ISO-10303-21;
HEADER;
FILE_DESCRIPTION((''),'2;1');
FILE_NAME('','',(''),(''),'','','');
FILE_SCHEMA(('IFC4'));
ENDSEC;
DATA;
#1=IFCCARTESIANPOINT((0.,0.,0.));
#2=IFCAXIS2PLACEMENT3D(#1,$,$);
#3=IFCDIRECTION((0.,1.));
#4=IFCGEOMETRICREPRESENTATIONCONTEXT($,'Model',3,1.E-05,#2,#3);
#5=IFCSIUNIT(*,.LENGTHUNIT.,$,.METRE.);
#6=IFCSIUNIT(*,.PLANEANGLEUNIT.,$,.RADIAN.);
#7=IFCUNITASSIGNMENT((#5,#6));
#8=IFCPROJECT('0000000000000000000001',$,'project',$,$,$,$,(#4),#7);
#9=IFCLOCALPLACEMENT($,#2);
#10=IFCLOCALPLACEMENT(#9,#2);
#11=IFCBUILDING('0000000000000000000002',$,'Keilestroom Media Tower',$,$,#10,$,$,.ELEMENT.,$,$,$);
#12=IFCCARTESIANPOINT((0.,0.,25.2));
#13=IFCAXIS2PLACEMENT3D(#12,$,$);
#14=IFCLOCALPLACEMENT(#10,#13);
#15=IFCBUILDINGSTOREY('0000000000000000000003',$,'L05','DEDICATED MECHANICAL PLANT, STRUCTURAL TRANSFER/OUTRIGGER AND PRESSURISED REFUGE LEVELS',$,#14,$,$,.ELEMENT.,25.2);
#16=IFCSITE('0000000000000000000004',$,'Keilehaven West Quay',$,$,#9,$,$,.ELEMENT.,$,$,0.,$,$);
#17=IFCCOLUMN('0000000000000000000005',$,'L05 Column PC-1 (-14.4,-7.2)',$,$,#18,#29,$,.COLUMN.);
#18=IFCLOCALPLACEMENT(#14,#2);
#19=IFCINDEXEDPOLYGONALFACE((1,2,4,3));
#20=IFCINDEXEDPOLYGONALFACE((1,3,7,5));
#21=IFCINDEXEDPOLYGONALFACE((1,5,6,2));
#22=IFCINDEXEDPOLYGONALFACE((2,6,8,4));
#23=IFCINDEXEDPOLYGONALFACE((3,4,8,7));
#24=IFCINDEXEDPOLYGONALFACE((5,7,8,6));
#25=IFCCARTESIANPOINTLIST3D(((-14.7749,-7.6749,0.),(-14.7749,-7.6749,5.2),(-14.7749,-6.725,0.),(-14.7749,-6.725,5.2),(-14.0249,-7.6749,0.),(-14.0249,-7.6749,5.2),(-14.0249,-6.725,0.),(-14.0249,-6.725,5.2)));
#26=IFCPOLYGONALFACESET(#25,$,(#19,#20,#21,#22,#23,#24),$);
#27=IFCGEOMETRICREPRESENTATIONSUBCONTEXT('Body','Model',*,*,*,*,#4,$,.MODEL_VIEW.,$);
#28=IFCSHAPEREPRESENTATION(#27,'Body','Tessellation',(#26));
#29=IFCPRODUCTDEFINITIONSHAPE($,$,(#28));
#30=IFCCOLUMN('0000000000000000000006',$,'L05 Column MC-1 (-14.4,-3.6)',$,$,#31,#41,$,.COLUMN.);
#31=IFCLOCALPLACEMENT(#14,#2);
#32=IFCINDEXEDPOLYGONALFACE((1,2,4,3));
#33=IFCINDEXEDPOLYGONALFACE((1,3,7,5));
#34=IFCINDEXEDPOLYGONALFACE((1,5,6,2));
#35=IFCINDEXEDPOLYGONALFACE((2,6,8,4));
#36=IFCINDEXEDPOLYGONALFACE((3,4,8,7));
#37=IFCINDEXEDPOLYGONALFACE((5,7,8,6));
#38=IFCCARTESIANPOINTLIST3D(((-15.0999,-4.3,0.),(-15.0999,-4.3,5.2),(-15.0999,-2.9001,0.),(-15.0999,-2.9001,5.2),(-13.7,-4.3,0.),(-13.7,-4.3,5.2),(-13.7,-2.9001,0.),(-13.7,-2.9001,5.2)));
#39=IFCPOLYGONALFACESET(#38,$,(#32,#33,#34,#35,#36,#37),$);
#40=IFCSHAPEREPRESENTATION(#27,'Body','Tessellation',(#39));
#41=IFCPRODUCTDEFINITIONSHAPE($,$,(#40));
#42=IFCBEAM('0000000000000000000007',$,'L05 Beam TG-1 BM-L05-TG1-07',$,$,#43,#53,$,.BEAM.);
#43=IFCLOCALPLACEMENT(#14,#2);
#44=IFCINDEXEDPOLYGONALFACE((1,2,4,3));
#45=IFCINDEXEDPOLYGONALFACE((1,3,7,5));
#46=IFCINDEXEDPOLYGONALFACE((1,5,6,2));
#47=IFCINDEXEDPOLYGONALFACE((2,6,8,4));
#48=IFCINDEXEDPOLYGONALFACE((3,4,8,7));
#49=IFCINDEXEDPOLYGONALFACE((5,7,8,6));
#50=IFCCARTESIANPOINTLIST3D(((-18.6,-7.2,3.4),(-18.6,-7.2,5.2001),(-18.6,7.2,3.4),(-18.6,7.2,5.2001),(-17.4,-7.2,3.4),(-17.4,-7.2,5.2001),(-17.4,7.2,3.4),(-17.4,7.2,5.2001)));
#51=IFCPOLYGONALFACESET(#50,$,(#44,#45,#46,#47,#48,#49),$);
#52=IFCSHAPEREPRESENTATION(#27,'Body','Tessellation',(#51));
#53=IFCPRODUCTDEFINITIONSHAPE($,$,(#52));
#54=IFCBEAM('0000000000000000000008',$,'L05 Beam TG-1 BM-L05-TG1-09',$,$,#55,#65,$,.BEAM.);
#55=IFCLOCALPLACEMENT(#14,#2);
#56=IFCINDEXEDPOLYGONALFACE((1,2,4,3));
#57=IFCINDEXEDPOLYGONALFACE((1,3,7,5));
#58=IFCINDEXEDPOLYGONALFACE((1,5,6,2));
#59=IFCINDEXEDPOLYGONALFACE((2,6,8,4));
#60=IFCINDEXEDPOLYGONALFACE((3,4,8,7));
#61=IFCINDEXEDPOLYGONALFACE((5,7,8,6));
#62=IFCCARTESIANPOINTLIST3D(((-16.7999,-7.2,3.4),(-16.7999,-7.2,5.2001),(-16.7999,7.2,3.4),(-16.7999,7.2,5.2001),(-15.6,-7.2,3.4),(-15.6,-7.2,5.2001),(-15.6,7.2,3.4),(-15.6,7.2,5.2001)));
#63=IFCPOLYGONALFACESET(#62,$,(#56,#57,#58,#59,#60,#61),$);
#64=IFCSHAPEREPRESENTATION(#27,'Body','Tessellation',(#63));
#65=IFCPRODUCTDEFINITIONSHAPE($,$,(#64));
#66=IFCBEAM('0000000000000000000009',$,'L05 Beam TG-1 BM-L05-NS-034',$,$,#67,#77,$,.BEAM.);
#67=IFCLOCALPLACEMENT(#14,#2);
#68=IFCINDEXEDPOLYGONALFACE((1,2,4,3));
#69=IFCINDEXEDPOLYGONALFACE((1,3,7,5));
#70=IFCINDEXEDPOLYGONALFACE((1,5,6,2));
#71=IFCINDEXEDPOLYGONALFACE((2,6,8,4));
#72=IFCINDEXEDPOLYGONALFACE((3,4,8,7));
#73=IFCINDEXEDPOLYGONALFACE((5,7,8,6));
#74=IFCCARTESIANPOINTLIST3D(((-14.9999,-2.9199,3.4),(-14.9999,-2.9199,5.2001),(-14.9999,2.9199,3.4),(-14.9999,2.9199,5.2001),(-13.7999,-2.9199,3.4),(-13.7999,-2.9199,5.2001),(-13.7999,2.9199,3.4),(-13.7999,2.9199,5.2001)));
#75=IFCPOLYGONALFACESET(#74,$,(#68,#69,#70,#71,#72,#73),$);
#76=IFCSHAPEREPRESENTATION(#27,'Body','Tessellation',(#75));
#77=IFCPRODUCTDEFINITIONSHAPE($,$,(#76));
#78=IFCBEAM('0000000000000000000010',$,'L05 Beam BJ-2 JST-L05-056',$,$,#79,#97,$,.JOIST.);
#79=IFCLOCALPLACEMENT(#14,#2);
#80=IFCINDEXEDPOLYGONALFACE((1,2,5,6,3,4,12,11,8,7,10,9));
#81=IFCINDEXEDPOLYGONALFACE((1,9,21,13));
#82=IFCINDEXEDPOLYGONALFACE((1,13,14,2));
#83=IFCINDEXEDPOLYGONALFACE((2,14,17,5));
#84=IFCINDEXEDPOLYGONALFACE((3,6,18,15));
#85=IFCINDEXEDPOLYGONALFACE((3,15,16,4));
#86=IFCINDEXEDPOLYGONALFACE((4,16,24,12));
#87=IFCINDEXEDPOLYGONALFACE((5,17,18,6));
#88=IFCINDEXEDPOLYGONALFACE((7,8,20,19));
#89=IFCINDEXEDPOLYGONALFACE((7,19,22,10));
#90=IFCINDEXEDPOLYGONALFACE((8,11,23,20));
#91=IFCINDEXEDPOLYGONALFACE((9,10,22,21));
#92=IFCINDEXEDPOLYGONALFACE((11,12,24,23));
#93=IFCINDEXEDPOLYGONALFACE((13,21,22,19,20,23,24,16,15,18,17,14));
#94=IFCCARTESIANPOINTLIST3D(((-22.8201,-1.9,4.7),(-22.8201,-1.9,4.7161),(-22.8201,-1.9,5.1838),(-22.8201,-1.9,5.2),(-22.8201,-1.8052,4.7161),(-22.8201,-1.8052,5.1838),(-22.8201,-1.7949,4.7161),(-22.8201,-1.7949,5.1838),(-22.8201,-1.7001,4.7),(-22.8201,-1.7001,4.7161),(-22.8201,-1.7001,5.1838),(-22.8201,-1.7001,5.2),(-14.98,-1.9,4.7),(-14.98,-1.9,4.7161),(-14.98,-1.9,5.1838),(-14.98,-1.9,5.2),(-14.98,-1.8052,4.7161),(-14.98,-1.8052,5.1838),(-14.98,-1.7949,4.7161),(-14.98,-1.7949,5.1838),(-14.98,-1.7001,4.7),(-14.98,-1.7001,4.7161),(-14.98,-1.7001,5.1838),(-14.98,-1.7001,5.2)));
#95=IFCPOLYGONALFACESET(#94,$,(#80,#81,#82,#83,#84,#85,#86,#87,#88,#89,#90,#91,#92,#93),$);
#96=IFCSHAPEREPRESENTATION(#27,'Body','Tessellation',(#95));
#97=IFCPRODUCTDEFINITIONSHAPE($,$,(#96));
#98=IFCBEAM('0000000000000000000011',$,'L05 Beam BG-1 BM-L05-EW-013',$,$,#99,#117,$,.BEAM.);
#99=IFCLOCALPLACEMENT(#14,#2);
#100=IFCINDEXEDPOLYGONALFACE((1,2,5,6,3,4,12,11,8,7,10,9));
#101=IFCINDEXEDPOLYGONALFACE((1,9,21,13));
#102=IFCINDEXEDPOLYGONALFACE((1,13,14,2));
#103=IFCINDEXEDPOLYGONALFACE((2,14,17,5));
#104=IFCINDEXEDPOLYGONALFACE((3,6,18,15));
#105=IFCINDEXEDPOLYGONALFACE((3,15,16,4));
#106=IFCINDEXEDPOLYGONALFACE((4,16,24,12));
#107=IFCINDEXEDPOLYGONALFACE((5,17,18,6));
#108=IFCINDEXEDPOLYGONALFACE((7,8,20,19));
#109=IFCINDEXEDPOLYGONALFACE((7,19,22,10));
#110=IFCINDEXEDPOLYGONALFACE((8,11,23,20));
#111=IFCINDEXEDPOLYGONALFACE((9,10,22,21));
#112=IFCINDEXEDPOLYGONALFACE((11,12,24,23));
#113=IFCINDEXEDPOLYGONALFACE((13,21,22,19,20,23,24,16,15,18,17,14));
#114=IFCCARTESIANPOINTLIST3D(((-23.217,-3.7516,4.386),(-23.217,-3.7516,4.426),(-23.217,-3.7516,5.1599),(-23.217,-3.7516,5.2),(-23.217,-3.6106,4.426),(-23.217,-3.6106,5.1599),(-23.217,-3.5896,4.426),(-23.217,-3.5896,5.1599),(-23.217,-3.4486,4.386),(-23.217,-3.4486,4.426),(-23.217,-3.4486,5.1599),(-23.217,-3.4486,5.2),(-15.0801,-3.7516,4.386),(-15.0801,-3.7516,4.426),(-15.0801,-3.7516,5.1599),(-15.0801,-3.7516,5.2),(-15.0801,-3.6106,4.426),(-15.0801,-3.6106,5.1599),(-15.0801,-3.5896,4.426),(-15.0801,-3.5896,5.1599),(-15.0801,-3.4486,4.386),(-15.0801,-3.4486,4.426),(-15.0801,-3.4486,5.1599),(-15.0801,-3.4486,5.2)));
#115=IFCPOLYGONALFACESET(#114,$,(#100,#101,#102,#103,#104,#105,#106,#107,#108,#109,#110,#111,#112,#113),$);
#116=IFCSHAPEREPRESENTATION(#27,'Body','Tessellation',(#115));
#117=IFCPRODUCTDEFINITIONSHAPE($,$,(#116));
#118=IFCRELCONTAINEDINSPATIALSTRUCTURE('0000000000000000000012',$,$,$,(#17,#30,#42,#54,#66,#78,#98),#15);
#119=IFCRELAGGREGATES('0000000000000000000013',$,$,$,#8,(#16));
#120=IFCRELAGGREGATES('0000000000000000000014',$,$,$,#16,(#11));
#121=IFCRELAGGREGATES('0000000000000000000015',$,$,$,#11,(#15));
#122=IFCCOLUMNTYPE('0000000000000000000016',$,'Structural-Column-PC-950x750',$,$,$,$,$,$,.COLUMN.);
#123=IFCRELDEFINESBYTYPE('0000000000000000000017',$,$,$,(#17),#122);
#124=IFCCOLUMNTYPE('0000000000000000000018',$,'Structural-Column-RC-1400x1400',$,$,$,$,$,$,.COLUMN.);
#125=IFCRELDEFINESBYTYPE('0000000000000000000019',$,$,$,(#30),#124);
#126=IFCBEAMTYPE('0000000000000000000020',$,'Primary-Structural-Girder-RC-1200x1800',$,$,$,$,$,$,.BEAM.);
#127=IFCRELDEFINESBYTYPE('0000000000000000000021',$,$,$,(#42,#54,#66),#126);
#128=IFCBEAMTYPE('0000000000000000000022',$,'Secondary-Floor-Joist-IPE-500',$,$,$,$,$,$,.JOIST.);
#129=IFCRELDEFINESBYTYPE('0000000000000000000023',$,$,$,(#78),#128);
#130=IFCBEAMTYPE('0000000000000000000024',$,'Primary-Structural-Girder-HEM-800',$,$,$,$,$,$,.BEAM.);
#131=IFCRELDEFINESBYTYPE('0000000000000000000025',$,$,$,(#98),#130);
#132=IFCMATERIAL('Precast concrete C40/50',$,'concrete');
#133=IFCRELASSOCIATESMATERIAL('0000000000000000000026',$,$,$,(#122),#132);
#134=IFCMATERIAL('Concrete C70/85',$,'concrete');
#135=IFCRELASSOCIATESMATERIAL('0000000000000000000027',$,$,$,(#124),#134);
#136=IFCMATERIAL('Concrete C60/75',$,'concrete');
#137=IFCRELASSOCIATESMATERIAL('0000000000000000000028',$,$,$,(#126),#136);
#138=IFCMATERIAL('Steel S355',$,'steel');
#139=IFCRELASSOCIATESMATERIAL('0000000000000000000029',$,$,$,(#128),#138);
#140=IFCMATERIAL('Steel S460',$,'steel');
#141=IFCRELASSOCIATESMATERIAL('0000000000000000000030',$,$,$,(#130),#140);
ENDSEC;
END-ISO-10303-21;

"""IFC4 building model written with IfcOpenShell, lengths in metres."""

from ifc_helpers import new_model, si_unit, direction, frame, origin, origin_2d, place, context, subcontext, project, spatial, rectangle, i_section, extrude, source, transform, mapped, material, material_profile, profile_set, type_object, element, save


model = new_model("IFC4")

# Units and contexts
model_context = context("Model", 3, precision=1e-05, world=origin(), true_north=direction((0.0, 1.0)))
body_context = subcontext(model_context, "Body", "Model", "MODEL_VIEW")
ifc_project = project(units=[si_unit("LENGTHUNIT", "METRE"), si_unit("PLANEANGLEUNIT", "RADIAN")], contexts=[model_context])

# Site, building, storey
site_placement = place(None, origin())
site = spatial("IfcSite", under=ifc_project, at=site_placement, Name="Keilehaven West Quay", CompositionType="ELEMENT", RefElevation=0.0)
building_placement = place(site_placement, origin())
building = spatial("IfcBuilding", under=site, at=building_placement, Name="Keilestroom Media Tower", CompositionType="ELEMENT")
storey_placement = place(building_placement, frame((0.0, 0.0, 25.2)))
storey = spatial("IfcBuildingStorey", under=building, at=storey_placement, Name="L05", Description="DEDICATED MECHANICAL PLANT, STRUCTURAL TRANSFER/OUTRIGGER AND PRESSURISED REFUGE LEVELS", CompositionType="ELEMENT", Elevation=25.2)

# Columns
ifc_material_1 = material(Name="Precast concrete C40/50", Category="concrete")
ifc_material_profile_1 = material_profile(ifc_material_1, rectangle(XDim=0.75, YDim=0.95, at=origin_2d()), Name="PC 950x750")
ifc_profile_set_1 = profile_set([ifc_material_profile_1], Name="Precast concrete C40/50")
column_type_1 = type_object("IfcColumnType", Name="Structural-Column-PC-950x750", PredefinedType="COLUMN", material=ifc_profile_set_1)
shared_shape_1 = source(origin(), body_context, "Body", "SweptSolid", [
    extrude(rectangle(XDim=0.75, YDim=0.95, at=origin_2d()), origin(), (0.0, 0.0, 1.0), 5.2),
])
column_1_placement = place(storey_placement, frame((-14.3999, -7.2, 0.0), z_axis=(0.0, 0.0, 1.0), x_axis=(1.0, 0.0, 0.0)))
element("IfcColumn", 1, at=column_1_placement, inside=storey, type_object=column_type_1, Name="L05 Column PC-1 (-14.4,-7.2)", PredefinedType="COLUMN", context=body_context, shape_type="MappedRepresentation", body=[
    mapped(shared_shape_1, transform((0.0, 0.0, 0.0), x_axis=(1.0, 0.0, 0.0), y_axis=(0.0, 1.0, 0.0), z_axis=(0.0, 0.0, 1.0), scale=1.0)),
])
ifc_material_2 = material(Name="Concrete C70/85", Category="concrete")
ifc_material_profile_2 = material_profile(ifc_material_2, rectangle(XDim=1.3999, YDim=1.3999, at=origin_2d()), Name="RC 1400x1400")
ifc_profile_set_2 = profile_set([ifc_material_profile_2], Name="Concrete C70/85")
column_type_2 = type_object("IfcColumnType", Name="Structural-Column-RC-1400x1400", PredefinedType="COLUMN", material=ifc_profile_set_2)
shared_shape_2 = source(origin(), body_context, "Body", "SweptSolid", [
    extrude(rectangle(XDim=1.3999, YDim=1.3999, at=origin_2d()), origin(), (0.0, 0.0, 1.0), 5.2),
])
column_2_placement = place(storey_placement, frame((-14.3999, -3.6001, 0.0), z_axis=(0.0, 0.0, 1.0), x_axis=(1.0, 0.0, 0.0)))
element("IfcColumn", 2, at=column_2_placement, inside=storey, type_object=column_type_2, Name="L05 Column MC-1 (-14.4,-3.6)", PredefinedType="COLUMN", context=body_context, shape_type="MappedRepresentation", body=[
    mapped(shared_shape_2, transform((0.0, 0.0, 0.0), x_axis=(1.0, 0.0, 0.0), y_axis=(0.0, 1.0, 0.0), z_axis=(0.0, 0.0, 1.0), scale=1.0)),
])

# Beams
ifc_material_3 = material(Name="Concrete C60/75", Category="concrete")
ifc_material_profile_3 = material_profile(ifc_material_3, rectangle(XDim=1.2, YDim=1.8, at=origin_2d()), Name="RC 1200x1800")
ifc_profile_set_3 = profile_set([ifc_material_profile_3], Name="Concrete C60/75")
beam_type_1 = type_object("IfcBeamType", Name="Primary-Structural-Girder-RC-1200x1800", PredefinedType="BEAM", material=ifc_profile_set_3)
shared_shape_3 = source(origin(), body_context, "Body", "SweptSolid", [
    extrude(rectangle(XDim=1.2, YDim=1.8, at=origin_2d()), origin(), (0.0, 0.0, 1.0), 14.3999),
])
for number, where, z_axis, x_axis, name in (
    (3, (-18.0, -7.2, 4.3), (0.0, 1.0, 0.0), (-1.0, 0.0, 0.0), "L05 Beam TG-1 BM-L05-TG1-07"),
    (4, (-16.2, -7.2, 4.3), (0.0, 1.0, 0.0), (-1.0, 0.0, 0.0), "L05 Beam TG-1 BM-L05-TG1-09"),
):
    element("IfcBeam", number, at=place(storey_placement, frame(where, z_axis=z_axis, x_axis=x_axis)), inside=storey, type_object=beam_type_1, Name=name, PredefinedType="BEAM", context=body_context, shape_type="MappedRepresentation", body=[
        mapped(shared_shape_3, transform((0.0, 0.0, 0.0), x_axis=(1.0, 0.0, 0.0), y_axis=(0.0, 1.0, 0.0), z_axis=(0.0, 0.0, 1.0), scale=1.0)),
    ])
shared_shape_4 = source(origin(), body_context, "Body", "SweptSolid", [
    extrude(rectangle(XDim=1.2, YDim=1.8, at=origin_2d()), origin(), (0.0, 0.0, 1.0), 5.8398),
])
beam_1_placement = place(storey_placement, frame((-14.3999, -2.9199, 4.3), z_axis=(0.0, 1.0, 0.0), x_axis=(-1.0, 0.0, 0.0)))
element("IfcBeam", 5, at=beam_1_placement, inside=storey, type_object=beam_type_1, Name="L05 Beam TG-1 BM-L05-NS-034", PredefinedType="BEAM", context=body_context, shape_type="MappedRepresentation", body=[
    mapped(shared_shape_4, transform((0.0, 0.0, 0.0), x_axis=(1.0, 0.0, 0.0), y_axis=(0.0, 1.0, 0.0), z_axis=(0.0, 0.0, 1.0), scale=1.0)),
])
ifc_material_4 = material(Name="Steel S355", Category="steel")
ifc_material_profile_4 = material_profile(ifc_material_4, i_section(OverallWidth=0.2, OverallDepth=0.5, WebThickness=0.0103, FlangeThickness=0.0161, at=origin_2d()), Name="IPE 500")
ifc_profile_set_4 = profile_set([ifc_material_profile_4], Name="Steel S355")
beam_type_2 = type_object("IfcBeamType", Name="Secondary-Floor-Joist-IPE-500", PredefinedType="JOIST", material=ifc_profile_set_4)
shared_shape_5 = source(origin(), body_context, "Body", "SweptSolid", [
    extrude(i_section(OverallWidth=0.2, OverallDepth=0.5, WebThickness=0.0103, FlangeThickness=0.0161, at=origin_2d()), origin(), (0.0, 0.0, 1.0), 7.8401),
])
beam_2_placement = place(storey_placement, frame((-22.8201, -1.8, 4.95), z_axis=(1.0, 0.0, 0.0), x_axis=(0.0, 1.0, 0.0)))
element("IfcBeam", 6, at=beam_2_placement, inside=storey, type_object=beam_type_2, Name="L05 Beam BJ-2 JST-L05-056", PredefinedType="JOIST", context=body_context, shape_type="MappedRepresentation", body=[
    mapped(shared_shape_5, transform((0.0, 0.0, 0.0), x_axis=(1.0, 0.0, 0.0), y_axis=(0.0, 1.0, 0.0), z_axis=(0.0, 0.0, 1.0), scale=1.0)),
])
ifc_material_5 = material(Name="Steel S460", Category="steel")
ifc_material_profile_5 = material_profile(ifc_material_5, i_section(OverallWidth=0.303, OverallDepth=0.814, WebThickness=0.021, FlangeThickness=0.04, at=origin_2d()), Name="HEM 800")
ifc_profile_set_5 = profile_set([ifc_material_profile_5], Name="Steel S460")
beam_type_3 = type_object("IfcBeamType", Name="Primary-Structural-Girder-HEM-800", PredefinedType="BEAM", material=ifc_profile_set_5)
shared_shape_6 = source(origin(), body_context, "Body", "SweptSolid", [
    extrude(i_section(OverallWidth=0.303, OverallDepth=0.814, WebThickness=0.021, FlangeThickness=0.04, at=origin_2d()), origin(), (0.0, 0.0, 1.0), 8.137),
])
beam_3_placement = place(storey_placement, frame((-23.217, -3.6001, 4.793), z_axis=(1.0, 0.0, 0.0), x_axis=(0.0, 1.0, 0.0)))
element("IfcBeam", 7, at=beam_3_placement, inside=storey, type_object=beam_type_3, Name="L05 Beam BG-1 BM-L05-EW-013", PredefinedType="BEAM", context=body_context, shape_type="MappedRepresentation", body=[
    mapped(shared_shape_6, transform((0.0, 0.0, 0.0), x_axis=(1.0, 0.0, 0.0), y_axis=(0.0, 1.0, 0.0), z_axis=(0.0, 0.0, 1.0), scale=1.0)),
])

save(model, "model.ifc")
